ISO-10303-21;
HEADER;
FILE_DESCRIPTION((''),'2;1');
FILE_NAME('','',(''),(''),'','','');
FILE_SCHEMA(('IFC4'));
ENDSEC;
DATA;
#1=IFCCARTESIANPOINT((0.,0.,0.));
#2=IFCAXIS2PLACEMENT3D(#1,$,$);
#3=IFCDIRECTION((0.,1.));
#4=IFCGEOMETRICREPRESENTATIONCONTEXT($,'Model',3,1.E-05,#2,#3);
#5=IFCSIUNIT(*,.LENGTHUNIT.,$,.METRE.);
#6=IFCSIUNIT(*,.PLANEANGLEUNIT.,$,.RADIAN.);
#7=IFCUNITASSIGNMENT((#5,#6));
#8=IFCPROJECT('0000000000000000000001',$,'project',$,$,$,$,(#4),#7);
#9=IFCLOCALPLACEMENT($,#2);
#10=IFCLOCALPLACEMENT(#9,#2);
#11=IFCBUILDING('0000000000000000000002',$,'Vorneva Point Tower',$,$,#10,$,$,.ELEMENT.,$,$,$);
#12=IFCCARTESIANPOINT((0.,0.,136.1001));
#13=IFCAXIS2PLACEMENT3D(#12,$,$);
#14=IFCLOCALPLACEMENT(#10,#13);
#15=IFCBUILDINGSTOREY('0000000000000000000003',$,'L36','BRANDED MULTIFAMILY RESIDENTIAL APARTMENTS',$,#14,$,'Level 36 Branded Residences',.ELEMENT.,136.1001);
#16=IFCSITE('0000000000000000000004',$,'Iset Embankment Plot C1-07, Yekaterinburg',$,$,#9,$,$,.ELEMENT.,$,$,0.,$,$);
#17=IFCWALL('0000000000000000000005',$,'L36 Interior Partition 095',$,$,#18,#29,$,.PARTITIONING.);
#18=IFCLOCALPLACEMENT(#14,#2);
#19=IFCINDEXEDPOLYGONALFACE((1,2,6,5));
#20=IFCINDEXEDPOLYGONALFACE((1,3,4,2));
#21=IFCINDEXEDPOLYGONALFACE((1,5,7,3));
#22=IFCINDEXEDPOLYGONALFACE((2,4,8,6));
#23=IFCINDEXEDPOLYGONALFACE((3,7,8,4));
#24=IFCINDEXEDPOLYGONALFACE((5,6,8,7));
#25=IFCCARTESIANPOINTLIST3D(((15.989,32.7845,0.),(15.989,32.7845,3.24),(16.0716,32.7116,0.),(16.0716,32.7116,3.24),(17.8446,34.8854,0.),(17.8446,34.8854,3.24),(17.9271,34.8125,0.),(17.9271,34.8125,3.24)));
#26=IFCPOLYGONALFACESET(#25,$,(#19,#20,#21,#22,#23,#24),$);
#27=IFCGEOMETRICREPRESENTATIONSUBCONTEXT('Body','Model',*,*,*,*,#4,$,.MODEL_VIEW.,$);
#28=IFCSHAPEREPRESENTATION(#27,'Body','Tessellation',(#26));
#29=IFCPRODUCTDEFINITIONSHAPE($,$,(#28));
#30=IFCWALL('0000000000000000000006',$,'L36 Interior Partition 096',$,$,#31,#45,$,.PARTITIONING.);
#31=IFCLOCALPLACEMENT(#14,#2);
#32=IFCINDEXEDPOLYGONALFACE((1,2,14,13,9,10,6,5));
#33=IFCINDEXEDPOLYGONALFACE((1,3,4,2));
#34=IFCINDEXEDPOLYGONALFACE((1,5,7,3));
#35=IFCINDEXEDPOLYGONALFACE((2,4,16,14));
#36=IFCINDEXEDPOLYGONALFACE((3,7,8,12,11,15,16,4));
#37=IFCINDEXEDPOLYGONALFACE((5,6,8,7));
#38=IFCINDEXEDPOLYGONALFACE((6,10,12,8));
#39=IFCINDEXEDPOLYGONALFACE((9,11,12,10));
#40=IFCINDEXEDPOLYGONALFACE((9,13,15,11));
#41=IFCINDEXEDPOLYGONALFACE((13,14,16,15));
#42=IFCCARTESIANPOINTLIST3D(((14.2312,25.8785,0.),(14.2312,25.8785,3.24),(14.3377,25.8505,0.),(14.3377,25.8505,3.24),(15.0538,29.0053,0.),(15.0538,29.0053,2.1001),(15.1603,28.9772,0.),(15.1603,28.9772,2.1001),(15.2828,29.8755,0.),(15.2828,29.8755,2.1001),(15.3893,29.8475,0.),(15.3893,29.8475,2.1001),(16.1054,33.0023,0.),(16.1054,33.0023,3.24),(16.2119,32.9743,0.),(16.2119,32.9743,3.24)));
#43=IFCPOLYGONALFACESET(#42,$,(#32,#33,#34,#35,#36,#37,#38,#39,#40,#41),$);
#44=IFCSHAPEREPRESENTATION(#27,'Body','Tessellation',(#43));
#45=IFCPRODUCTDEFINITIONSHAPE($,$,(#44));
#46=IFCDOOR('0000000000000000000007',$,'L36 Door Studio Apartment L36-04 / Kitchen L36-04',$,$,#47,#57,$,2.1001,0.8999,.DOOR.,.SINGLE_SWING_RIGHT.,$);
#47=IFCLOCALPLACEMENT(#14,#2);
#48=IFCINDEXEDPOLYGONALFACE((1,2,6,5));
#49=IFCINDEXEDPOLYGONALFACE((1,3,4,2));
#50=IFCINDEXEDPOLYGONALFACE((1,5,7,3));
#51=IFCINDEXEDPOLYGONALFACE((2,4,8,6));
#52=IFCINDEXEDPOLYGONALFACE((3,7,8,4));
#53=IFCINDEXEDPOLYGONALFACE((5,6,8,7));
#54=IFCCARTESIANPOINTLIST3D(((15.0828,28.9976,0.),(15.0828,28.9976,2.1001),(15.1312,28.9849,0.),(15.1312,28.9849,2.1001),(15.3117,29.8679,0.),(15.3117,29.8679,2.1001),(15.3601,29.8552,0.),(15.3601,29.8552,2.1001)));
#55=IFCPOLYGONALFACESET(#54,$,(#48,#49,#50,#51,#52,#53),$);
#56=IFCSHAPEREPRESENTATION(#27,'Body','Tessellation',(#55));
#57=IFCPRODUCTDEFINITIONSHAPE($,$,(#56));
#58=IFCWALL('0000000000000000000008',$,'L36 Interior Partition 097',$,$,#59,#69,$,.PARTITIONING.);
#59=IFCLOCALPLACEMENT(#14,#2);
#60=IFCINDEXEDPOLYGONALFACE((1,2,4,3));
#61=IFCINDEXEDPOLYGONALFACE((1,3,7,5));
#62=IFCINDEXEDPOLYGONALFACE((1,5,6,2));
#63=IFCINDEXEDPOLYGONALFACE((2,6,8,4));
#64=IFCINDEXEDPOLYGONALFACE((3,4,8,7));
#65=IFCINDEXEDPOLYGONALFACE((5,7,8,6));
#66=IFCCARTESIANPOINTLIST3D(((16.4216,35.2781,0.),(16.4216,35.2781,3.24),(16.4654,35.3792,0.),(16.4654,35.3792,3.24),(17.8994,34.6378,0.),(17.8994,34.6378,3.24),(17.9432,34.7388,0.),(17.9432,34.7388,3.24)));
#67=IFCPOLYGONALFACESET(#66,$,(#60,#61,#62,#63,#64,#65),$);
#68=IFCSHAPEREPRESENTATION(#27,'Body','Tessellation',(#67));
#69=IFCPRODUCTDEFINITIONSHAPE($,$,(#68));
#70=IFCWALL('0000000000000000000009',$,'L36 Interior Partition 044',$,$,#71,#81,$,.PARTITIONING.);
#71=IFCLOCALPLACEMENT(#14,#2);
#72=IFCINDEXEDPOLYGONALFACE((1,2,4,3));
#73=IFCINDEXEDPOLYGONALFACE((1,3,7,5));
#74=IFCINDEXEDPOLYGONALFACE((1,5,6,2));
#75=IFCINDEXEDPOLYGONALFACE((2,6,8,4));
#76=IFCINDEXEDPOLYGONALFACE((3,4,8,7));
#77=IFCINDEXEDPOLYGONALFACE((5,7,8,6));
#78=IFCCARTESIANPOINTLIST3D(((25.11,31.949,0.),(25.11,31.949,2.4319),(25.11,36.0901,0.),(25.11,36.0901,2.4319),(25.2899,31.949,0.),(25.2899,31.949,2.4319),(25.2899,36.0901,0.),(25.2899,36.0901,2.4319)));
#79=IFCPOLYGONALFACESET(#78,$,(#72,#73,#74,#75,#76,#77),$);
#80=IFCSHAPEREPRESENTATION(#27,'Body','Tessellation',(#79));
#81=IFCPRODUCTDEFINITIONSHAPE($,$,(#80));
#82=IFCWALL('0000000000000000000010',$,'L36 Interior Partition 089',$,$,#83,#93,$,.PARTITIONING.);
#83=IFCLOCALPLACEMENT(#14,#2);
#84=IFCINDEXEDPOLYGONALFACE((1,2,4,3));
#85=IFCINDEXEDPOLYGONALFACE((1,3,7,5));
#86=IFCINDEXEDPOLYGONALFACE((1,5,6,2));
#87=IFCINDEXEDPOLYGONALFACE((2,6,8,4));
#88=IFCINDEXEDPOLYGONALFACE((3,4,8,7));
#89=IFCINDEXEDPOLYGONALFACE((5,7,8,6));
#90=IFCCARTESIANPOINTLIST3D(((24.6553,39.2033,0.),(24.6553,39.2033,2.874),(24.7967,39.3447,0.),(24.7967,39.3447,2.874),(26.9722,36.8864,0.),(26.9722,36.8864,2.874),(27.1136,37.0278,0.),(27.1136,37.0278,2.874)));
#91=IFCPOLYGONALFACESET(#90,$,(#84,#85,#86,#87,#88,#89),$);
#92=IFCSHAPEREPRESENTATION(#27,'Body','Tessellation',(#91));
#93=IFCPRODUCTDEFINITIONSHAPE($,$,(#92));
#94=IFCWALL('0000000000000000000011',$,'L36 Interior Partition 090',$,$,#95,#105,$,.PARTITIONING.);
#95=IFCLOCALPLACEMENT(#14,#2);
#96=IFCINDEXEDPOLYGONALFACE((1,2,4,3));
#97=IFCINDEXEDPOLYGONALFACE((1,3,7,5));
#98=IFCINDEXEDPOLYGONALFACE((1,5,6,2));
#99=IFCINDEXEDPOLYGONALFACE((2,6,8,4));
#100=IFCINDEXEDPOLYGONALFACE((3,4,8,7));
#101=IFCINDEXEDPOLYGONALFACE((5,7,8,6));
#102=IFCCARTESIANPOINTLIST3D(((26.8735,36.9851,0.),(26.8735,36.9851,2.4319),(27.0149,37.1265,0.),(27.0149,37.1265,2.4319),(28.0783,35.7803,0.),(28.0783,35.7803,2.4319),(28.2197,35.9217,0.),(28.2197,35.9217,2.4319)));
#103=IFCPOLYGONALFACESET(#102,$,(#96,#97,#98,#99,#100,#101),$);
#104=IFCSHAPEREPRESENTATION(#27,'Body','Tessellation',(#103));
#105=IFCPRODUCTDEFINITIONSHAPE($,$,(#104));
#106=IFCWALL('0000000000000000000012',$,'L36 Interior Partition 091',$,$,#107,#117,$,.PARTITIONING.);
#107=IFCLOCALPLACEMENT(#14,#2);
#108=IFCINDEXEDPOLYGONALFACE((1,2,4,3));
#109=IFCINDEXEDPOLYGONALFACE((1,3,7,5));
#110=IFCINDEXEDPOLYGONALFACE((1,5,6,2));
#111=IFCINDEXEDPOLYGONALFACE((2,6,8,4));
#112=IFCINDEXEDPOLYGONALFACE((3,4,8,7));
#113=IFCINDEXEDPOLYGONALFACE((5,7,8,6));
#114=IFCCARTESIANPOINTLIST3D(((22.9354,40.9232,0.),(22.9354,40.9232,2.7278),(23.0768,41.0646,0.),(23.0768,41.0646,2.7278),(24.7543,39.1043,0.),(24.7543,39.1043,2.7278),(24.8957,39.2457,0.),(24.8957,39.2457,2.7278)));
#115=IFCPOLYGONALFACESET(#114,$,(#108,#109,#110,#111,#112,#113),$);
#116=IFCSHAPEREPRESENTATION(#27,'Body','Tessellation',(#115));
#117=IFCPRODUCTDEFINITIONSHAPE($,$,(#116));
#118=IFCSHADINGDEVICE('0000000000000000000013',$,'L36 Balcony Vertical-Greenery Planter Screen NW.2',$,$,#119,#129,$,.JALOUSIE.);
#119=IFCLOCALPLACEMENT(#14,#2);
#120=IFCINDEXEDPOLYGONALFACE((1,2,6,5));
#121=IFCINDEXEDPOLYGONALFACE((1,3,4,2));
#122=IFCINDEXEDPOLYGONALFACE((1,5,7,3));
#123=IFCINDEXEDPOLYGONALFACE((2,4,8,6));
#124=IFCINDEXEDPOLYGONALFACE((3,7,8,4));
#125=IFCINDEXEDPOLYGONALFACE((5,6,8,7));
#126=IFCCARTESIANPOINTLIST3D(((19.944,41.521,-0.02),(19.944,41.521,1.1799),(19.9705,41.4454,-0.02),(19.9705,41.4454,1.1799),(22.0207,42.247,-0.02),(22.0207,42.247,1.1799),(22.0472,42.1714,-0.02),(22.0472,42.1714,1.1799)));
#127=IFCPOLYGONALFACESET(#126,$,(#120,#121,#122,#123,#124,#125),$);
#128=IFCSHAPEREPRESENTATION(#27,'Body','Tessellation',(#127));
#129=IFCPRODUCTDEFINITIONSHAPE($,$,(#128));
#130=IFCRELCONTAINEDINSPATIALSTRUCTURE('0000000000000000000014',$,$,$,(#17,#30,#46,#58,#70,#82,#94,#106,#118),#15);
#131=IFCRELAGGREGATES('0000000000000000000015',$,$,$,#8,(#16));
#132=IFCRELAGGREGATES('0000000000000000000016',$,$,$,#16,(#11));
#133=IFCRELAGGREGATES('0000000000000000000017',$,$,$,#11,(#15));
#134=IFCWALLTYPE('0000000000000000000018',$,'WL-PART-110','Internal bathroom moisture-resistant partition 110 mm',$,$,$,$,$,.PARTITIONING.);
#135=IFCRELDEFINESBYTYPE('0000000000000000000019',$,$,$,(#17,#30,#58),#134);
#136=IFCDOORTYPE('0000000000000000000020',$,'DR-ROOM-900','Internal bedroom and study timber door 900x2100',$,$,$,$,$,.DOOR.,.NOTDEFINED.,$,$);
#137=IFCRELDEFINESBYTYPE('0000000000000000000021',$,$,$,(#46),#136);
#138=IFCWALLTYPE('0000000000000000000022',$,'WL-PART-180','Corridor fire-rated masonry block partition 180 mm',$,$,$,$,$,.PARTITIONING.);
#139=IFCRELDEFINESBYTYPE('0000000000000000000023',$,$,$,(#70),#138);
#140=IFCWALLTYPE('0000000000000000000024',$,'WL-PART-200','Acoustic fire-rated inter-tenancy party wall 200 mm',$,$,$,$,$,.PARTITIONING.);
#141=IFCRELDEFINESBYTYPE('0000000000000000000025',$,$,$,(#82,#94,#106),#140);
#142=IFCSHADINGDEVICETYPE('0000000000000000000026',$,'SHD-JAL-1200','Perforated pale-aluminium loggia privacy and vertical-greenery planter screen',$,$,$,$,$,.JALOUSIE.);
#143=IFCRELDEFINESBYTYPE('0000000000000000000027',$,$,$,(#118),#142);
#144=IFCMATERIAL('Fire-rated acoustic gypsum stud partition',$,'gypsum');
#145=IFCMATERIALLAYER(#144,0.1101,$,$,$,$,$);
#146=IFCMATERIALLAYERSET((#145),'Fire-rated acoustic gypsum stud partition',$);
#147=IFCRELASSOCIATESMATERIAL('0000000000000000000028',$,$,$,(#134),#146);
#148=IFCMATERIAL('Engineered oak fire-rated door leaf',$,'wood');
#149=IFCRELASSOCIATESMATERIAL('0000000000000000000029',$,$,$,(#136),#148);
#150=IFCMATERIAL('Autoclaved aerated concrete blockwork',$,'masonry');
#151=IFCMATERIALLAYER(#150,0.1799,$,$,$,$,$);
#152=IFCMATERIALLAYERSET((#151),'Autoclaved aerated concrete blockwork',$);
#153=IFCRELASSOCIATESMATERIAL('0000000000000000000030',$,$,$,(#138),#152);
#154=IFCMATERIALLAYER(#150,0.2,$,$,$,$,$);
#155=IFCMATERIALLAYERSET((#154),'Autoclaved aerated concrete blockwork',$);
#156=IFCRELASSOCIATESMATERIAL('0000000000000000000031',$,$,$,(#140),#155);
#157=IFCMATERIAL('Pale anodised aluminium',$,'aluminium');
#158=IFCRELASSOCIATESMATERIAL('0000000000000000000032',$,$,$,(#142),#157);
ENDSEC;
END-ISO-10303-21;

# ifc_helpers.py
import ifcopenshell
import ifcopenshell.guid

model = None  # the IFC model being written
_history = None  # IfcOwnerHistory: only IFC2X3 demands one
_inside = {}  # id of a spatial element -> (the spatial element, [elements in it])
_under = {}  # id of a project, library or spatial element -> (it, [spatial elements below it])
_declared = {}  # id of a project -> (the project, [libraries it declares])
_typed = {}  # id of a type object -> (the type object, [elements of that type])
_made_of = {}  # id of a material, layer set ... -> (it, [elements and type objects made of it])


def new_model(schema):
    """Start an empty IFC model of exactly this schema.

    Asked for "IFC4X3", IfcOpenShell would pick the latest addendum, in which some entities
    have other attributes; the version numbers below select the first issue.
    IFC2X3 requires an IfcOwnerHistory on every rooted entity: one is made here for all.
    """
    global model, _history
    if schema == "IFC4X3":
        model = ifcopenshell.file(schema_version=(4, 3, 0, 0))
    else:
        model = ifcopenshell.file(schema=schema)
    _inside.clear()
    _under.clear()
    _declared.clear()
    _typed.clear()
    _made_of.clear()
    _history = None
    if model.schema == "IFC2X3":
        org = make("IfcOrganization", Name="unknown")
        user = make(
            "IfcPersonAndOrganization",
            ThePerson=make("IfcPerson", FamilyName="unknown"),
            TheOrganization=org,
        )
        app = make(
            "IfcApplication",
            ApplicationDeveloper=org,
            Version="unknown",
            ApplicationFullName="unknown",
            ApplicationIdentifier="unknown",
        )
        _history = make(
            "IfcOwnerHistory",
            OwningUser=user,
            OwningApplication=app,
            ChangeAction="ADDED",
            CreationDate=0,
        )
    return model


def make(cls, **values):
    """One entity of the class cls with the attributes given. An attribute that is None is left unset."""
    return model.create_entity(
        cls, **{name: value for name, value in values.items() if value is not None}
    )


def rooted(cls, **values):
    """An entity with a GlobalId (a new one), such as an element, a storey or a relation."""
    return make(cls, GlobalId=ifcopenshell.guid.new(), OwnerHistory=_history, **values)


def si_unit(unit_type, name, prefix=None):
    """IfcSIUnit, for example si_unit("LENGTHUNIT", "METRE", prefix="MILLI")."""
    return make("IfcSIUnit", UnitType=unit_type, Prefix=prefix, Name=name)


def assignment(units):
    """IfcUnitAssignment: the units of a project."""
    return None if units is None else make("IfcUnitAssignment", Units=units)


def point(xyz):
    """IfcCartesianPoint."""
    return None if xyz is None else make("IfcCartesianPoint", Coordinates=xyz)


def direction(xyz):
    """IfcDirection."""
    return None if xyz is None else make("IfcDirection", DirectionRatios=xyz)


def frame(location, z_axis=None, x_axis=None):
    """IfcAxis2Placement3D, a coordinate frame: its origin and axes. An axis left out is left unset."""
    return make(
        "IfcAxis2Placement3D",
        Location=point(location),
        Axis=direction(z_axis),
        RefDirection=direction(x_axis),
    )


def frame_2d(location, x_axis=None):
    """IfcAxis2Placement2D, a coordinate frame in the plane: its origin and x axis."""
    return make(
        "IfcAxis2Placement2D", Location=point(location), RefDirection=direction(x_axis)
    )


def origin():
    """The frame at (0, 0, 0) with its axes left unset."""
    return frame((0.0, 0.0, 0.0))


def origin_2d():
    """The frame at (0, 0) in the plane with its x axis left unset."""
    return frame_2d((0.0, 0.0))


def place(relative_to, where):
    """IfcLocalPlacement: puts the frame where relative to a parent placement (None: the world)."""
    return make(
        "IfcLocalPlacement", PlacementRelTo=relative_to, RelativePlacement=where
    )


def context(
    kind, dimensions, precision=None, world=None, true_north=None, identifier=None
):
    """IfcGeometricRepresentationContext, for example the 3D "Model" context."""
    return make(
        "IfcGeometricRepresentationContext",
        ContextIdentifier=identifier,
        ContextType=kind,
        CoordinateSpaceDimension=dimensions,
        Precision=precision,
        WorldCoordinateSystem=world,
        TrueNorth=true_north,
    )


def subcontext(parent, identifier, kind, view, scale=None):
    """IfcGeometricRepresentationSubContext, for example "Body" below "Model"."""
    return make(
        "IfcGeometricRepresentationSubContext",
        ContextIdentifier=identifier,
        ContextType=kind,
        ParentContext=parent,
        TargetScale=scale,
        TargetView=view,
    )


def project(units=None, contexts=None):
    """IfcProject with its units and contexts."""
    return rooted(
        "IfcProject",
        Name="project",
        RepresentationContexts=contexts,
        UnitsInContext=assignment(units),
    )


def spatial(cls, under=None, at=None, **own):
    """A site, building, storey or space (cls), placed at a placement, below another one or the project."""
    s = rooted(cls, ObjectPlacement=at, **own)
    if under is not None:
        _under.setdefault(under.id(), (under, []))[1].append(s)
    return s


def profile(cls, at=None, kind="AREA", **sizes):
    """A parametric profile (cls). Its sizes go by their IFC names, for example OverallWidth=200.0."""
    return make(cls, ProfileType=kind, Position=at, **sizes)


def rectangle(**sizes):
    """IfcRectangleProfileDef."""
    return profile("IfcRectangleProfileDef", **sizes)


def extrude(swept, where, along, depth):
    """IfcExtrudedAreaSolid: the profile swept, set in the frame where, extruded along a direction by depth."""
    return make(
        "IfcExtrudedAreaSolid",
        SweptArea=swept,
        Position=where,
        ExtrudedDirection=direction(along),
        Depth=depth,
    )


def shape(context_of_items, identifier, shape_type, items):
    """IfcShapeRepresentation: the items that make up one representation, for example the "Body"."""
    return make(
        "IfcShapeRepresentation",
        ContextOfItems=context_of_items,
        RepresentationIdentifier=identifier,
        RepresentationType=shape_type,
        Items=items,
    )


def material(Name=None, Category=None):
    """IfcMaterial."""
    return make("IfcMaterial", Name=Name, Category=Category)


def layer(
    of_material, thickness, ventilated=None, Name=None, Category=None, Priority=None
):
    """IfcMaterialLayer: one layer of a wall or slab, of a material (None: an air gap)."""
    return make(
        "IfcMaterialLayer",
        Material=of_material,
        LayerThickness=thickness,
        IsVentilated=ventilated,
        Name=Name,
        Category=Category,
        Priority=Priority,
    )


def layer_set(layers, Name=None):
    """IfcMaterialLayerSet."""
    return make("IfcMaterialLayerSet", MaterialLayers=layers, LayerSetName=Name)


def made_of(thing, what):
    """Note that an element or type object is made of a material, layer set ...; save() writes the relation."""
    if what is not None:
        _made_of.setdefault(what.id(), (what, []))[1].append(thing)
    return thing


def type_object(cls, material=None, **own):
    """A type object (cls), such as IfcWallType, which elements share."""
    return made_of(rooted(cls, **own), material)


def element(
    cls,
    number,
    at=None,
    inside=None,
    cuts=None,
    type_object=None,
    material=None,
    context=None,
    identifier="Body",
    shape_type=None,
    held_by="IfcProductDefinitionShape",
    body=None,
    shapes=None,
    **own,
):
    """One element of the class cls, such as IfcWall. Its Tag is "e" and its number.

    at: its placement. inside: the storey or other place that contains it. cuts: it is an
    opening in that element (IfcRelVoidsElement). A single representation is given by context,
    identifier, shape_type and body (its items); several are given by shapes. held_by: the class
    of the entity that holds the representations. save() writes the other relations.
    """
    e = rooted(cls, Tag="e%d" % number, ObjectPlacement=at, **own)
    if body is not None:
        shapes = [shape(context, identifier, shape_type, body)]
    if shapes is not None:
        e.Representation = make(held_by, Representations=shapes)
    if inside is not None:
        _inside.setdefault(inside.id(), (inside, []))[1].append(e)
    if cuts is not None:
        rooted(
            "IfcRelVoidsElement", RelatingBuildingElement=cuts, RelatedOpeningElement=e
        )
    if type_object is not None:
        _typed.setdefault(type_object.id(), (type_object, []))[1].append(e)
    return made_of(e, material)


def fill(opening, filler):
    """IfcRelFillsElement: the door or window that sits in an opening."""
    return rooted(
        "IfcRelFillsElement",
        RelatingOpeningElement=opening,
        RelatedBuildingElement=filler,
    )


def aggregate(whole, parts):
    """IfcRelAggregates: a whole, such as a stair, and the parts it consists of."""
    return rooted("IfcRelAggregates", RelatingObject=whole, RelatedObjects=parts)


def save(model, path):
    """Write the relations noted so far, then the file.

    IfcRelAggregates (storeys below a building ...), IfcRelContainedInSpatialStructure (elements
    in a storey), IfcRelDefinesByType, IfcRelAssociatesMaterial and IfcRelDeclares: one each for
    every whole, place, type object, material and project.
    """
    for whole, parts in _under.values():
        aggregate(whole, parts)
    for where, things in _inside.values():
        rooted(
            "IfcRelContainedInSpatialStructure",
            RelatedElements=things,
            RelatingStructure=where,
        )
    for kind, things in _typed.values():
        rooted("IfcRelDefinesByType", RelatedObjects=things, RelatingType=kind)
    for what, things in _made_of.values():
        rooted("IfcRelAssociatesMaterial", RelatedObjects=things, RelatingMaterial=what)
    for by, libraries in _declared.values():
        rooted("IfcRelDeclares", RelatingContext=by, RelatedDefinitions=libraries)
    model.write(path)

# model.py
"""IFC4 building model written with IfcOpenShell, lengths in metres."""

from ifc_helpers import new_model, si_unit, direction, frame, frame_2d, origin, origin_2d, place, context, subcontext, project, spatial, rectangle, extrude, material, layer, layer_set, type_object, element, fill, save


model = new_model("IFC4")

# Units and contexts
model_context = context("Model", 3, precision=1e-05, world=origin(), true_north=direction((0.0, 1.0)))
body_context = subcontext(model_context, "Body", "Model", "MODEL_VIEW")
ifc_project = project(units=[si_unit("LENGTHUNIT", "METRE"), si_unit("PLANEANGLEUNIT", "RADIAN")], contexts=[model_context])

# Site, building, storey
site_placement = place(None, origin())
site = spatial("IfcSite", under=ifc_project, at=site_placement, Name="Iset Embankment Plot C1-07, Yekaterinburg", CompositionType="ELEMENT", RefElevation=0.0)
building_placement = place(site_placement, origin())
building = spatial("IfcBuilding", under=site, at=building_placement, Name="Vorneva Point Tower", CompositionType="ELEMENT")
storey_placement = place(building_placement, frame((0.0, 0.0, 136.1001)))
storey = spatial("IfcBuildingStorey", under=building, at=storey_placement, Name="L36", Description="BRANDED MULTIFAMILY RESIDENTIAL APARTMENTS", LongName="Level 36 Branded Residences", CompositionType="ELEMENT", Elevation=136.1001)

# Shared definitions
ifc_material_1 = material(Name="Pale anodised aluminium", Category="aluminium")

# Shared definitions
ifc_material_2 = material(Name="Fire-rated acoustic gypsum stud partition", Category="gypsum")
ifc_layer_1 = layer(ifc_material_2, 0.1101)
ifc_layer_set_1 = layer_set([ifc_layer_1], Name="Fire-rated acoustic gypsum stud partition")
wall_type_1 = type_object("IfcWallType", Name="WL-PART-110", Description="Internal bathroom moisture-resistant partition 110 mm", PredefinedType="PARTITIONING", material=ifc_layer_set_1)
ifc_material_3 = material(Name="Engineered oak fire-rated door leaf", Category="wood")

# Wall
wall_1_placement = place(storey_placement, frame((17.8857, 34.8489, 0.0), z_axis=(0.0, 0.0, 1.0), x_axis=(-0.661982, -0.74952, 0.0)))
element("IfcWall", 1, at=wall_1_placement, inside=storey, type_object=wall_type_1, Name="L36 Interior Partition 095", PredefinedType="PARTITIONING", context=body_context, shape_type="SweptSolid", body=[
    extrude(rectangle(XDim=2.803, YDim=0.1101, at=frame_2d((1.4014, 0.0))), origin(), (0.0, 0.0, 1.0), 3.24),
])

# Wall, opening, door
wall_2_placement = place(storey_placement, frame((16.1587, 32.9883, 0.0), z_axis=(0.0, 0.0, 1.0), x_axis=(-0.254441, -0.967088, 0.0)))
wall_2 = element("IfcWall", 2, at=wall_2_placement, inside=storey, type_object=wall_type_1, Name="L36 Interior Partition 096", PredefinedType="PARTITIONING", context=body_context, shape_type="SweptSolid", body=[
    extrude(rectangle(XDim=7.3662, YDim=0.1101, at=frame_2d((3.6831, 0.0))), origin(), (0.0, 0.0, 1.0), 3.24),
])
opening_1_placement = place(wall_2_placement, frame((3.2332, 0.0, 0.0)))
opening_1 = element("IfcOpeningElement", 3, at=opening_1_placement, cuts=wall_2, PredefinedType="OPENING", context=body_context, shape_type="SweptSolid", body=[
    extrude(rectangle(XDim=0.8999, YDim=2.1001, at=frame_2d((0.45, 1.05))), frame((0.0, 0.0698, 0.0), z_axis=(0.0, -1.0, 0.0), x_axis=(1.0, 0.0, 0.0)), (0.0, 0.0, 1.0), 0.1399),
])
door_type_1 = type_object("IfcDoorType", Name="DR-ROOM-900", Description="Internal bedroom and study timber door 900x2100", OperationType="NOTDEFINED", PredefinedType="DOOR", material=ifc_material_3)
door_1_placement = place(opening_1_placement, origin())
door_1 = element("IfcDoor", 4, at=door_1_placement, inside=storey, type_object=door_type_1, Name="L36 Door Studio Apartment L36-04 / Kitchen L36-04", OperationType="SINGLE_SWING_RIGHT", OverallHeight=2.1001, OverallWidth=0.8999, PredefinedType="DOOR", context=body_context, shape_type="SweptSolid", body=[
    extrude(rectangle(XDim=0.8999, YDim=2.1001, at=frame_2d((0.45, 1.05))), frame((0.0, 0.0249, 0.0), z_axis=(0.0, -1.0, 0.0), x_axis=(1.0, 0.0, 0.0)), (0.0, 0.0, 1.0), 0.05),
])
fill(opening_1, door_1)

# Walls
wall_3_placement = place(storey_placement, frame((16.4436, 35.3286, 0.0), z_axis=(0.0, 0.0, 1.0), x_axis=(0.917554, -0.397612, 0.0)))
element("IfcWall", 5, at=wall_3_placement, inside=storey, type_object=wall_type_1, Name="L36 Interior Partition 097", PredefinedType="PARTITIONING", context=body_context, shape_type="SweptSolid", body=[
    extrude(rectangle(XDim=1.6106, YDim=0.1101, at=frame_2d((0.8052, 0.0))), origin(), (0.0, 0.0, 1.0), 3.24),
])
ifc_material_4 = material(Name="Autoclaved aerated concrete blockwork", Category="masonry")
ifc_layer_2 = layer(ifc_material_4, 0.1799)
ifc_layer_set_2 = layer_set([ifc_layer_2], Name="Autoclaved aerated concrete blockwork")
wall_type_2 = type_object("IfcWallType", Name="WL-PART-180", Description="Corridor fire-rated masonry block partition 180 mm", PredefinedType="PARTITIONING", material=ifc_layer_set_2)
wall_4_placement = place(storey_placement, frame((25.2, 36.0901, 0.0), z_axis=(0.0, 0.0, 1.0), x_axis=(0.0, -1.0, 0.0)))
element("IfcWall", 6, at=wall_4_placement, inside=storey, type_object=wall_type_2, Name="L36 Interior Partition 044", PredefinedType="PARTITIONING", context=body_context, shape_type="SweptSolid", body=[
    extrude(rectangle(XDim=4.1411, YDim=0.1799, at=frame_2d((2.0706, 0.0))), origin(), (0.0, 0.0, 1.0), 2.4319),
])
ifc_layer_3 = layer(ifc_material_4, 0.2)
ifc_layer_set_3 = layer_set([ifc_layer_3], Name="Autoclaved aerated concrete blockwork")
wall_type_3 = type_object("IfcWallType", Name="WL-PART-200", Description="Acoustic fire-rated inter-tenancy party wall 200 mm", PredefinedType="PARTITIONING", material=ifc_layer_set_3)
wall_5_placement = place(storey_placement, frame((24.7261, 39.2739, 0.0), z_axis=(0.0, 0.0, 1.0), x_axis=(0.707107, -0.707107, 0.0)))
element("IfcWall", 7, at=wall_5_placement, inside=storey, type_object=wall_type_3, Name="L36 Interior Partition 089", PredefinedType="PARTITIONING", context=body_context, shape_type="SweptSolid", body=[
    extrude(rectangle(XDim=3.2766, YDim=0.2, at=frame_2d((1.6382, 0.0))), origin(), (0.0, 0.0, 1.0), 2.874),
])
wall_6_placement = place(storey_placement, frame((26.9441, 37.0559, 0.0), z_axis=(0.0, 0.0, 1.0), x_axis=(0.707107, -0.707107, 0.0)))
element("IfcWall", 8, at=wall_6_placement, inside=storey, type_object=wall_type_3, Name="L36 Interior Partition 090", PredefinedType="PARTITIONING", context=body_context, shape_type="SweptSolid", body=[
    extrude(rectangle(XDim=1.7039, YDim=0.2, at=frame_2d((0.8521, 0.0))), origin(), (0.0, 0.0, 1.0), 2.4319),
])
wall_7_placement = place(storey_placement, frame((23.0061, 40.9939, 0.0), z_axis=(0.0, 0.0, 1.0), x_axis=(0.707107, -0.707107, 0.0)))
element("IfcWall", 9, at=wall_7_placement, inside=storey, type_object=wall_type_3, Name="L36 Interior Partition 091", PredefinedType="PARTITIONING", context=body_context, shape_type="SweptSolid", body=[
    extrude(rectangle(XDim=2.5723, YDim=0.2, at=frame_2d((1.2861, 0.0))), origin(), (0.0, 0.0, 1.0), 2.7278),
])

# Shading device
shading_device_type = type_object("IfcShadingDeviceType", Name="SHD-JAL-1200", Description="Perforated pale-aluminium loggia privacy and vertical-greenery planter screen", PredefinedType="JALOUSIE", material=ifc_material_1)
shading_device_placement = place(storey_placement, frame((20.9956, 41.8462, -0.02), z_axis=(0.0, 0.0, 1.0), x_axis=(-0.943968, -0.330037, 0.0)))
element("IfcShadingDevice", 10, at=shading_device_placement, inside=storey, type_object=shading_device_type, Name="L36 Balcony Vertical-Greenery Planter Screen NW.2", PredefinedType="JALOUSIE", context=body_context, shape_type="SweptSolid", body=[
    extrude(rectangle(XDim=2.2, YDim=0.0801, at=origin_2d()), origin(), (0.0, 0.0, 1.0), 1.2),
])

save(model, "model.ifc")
